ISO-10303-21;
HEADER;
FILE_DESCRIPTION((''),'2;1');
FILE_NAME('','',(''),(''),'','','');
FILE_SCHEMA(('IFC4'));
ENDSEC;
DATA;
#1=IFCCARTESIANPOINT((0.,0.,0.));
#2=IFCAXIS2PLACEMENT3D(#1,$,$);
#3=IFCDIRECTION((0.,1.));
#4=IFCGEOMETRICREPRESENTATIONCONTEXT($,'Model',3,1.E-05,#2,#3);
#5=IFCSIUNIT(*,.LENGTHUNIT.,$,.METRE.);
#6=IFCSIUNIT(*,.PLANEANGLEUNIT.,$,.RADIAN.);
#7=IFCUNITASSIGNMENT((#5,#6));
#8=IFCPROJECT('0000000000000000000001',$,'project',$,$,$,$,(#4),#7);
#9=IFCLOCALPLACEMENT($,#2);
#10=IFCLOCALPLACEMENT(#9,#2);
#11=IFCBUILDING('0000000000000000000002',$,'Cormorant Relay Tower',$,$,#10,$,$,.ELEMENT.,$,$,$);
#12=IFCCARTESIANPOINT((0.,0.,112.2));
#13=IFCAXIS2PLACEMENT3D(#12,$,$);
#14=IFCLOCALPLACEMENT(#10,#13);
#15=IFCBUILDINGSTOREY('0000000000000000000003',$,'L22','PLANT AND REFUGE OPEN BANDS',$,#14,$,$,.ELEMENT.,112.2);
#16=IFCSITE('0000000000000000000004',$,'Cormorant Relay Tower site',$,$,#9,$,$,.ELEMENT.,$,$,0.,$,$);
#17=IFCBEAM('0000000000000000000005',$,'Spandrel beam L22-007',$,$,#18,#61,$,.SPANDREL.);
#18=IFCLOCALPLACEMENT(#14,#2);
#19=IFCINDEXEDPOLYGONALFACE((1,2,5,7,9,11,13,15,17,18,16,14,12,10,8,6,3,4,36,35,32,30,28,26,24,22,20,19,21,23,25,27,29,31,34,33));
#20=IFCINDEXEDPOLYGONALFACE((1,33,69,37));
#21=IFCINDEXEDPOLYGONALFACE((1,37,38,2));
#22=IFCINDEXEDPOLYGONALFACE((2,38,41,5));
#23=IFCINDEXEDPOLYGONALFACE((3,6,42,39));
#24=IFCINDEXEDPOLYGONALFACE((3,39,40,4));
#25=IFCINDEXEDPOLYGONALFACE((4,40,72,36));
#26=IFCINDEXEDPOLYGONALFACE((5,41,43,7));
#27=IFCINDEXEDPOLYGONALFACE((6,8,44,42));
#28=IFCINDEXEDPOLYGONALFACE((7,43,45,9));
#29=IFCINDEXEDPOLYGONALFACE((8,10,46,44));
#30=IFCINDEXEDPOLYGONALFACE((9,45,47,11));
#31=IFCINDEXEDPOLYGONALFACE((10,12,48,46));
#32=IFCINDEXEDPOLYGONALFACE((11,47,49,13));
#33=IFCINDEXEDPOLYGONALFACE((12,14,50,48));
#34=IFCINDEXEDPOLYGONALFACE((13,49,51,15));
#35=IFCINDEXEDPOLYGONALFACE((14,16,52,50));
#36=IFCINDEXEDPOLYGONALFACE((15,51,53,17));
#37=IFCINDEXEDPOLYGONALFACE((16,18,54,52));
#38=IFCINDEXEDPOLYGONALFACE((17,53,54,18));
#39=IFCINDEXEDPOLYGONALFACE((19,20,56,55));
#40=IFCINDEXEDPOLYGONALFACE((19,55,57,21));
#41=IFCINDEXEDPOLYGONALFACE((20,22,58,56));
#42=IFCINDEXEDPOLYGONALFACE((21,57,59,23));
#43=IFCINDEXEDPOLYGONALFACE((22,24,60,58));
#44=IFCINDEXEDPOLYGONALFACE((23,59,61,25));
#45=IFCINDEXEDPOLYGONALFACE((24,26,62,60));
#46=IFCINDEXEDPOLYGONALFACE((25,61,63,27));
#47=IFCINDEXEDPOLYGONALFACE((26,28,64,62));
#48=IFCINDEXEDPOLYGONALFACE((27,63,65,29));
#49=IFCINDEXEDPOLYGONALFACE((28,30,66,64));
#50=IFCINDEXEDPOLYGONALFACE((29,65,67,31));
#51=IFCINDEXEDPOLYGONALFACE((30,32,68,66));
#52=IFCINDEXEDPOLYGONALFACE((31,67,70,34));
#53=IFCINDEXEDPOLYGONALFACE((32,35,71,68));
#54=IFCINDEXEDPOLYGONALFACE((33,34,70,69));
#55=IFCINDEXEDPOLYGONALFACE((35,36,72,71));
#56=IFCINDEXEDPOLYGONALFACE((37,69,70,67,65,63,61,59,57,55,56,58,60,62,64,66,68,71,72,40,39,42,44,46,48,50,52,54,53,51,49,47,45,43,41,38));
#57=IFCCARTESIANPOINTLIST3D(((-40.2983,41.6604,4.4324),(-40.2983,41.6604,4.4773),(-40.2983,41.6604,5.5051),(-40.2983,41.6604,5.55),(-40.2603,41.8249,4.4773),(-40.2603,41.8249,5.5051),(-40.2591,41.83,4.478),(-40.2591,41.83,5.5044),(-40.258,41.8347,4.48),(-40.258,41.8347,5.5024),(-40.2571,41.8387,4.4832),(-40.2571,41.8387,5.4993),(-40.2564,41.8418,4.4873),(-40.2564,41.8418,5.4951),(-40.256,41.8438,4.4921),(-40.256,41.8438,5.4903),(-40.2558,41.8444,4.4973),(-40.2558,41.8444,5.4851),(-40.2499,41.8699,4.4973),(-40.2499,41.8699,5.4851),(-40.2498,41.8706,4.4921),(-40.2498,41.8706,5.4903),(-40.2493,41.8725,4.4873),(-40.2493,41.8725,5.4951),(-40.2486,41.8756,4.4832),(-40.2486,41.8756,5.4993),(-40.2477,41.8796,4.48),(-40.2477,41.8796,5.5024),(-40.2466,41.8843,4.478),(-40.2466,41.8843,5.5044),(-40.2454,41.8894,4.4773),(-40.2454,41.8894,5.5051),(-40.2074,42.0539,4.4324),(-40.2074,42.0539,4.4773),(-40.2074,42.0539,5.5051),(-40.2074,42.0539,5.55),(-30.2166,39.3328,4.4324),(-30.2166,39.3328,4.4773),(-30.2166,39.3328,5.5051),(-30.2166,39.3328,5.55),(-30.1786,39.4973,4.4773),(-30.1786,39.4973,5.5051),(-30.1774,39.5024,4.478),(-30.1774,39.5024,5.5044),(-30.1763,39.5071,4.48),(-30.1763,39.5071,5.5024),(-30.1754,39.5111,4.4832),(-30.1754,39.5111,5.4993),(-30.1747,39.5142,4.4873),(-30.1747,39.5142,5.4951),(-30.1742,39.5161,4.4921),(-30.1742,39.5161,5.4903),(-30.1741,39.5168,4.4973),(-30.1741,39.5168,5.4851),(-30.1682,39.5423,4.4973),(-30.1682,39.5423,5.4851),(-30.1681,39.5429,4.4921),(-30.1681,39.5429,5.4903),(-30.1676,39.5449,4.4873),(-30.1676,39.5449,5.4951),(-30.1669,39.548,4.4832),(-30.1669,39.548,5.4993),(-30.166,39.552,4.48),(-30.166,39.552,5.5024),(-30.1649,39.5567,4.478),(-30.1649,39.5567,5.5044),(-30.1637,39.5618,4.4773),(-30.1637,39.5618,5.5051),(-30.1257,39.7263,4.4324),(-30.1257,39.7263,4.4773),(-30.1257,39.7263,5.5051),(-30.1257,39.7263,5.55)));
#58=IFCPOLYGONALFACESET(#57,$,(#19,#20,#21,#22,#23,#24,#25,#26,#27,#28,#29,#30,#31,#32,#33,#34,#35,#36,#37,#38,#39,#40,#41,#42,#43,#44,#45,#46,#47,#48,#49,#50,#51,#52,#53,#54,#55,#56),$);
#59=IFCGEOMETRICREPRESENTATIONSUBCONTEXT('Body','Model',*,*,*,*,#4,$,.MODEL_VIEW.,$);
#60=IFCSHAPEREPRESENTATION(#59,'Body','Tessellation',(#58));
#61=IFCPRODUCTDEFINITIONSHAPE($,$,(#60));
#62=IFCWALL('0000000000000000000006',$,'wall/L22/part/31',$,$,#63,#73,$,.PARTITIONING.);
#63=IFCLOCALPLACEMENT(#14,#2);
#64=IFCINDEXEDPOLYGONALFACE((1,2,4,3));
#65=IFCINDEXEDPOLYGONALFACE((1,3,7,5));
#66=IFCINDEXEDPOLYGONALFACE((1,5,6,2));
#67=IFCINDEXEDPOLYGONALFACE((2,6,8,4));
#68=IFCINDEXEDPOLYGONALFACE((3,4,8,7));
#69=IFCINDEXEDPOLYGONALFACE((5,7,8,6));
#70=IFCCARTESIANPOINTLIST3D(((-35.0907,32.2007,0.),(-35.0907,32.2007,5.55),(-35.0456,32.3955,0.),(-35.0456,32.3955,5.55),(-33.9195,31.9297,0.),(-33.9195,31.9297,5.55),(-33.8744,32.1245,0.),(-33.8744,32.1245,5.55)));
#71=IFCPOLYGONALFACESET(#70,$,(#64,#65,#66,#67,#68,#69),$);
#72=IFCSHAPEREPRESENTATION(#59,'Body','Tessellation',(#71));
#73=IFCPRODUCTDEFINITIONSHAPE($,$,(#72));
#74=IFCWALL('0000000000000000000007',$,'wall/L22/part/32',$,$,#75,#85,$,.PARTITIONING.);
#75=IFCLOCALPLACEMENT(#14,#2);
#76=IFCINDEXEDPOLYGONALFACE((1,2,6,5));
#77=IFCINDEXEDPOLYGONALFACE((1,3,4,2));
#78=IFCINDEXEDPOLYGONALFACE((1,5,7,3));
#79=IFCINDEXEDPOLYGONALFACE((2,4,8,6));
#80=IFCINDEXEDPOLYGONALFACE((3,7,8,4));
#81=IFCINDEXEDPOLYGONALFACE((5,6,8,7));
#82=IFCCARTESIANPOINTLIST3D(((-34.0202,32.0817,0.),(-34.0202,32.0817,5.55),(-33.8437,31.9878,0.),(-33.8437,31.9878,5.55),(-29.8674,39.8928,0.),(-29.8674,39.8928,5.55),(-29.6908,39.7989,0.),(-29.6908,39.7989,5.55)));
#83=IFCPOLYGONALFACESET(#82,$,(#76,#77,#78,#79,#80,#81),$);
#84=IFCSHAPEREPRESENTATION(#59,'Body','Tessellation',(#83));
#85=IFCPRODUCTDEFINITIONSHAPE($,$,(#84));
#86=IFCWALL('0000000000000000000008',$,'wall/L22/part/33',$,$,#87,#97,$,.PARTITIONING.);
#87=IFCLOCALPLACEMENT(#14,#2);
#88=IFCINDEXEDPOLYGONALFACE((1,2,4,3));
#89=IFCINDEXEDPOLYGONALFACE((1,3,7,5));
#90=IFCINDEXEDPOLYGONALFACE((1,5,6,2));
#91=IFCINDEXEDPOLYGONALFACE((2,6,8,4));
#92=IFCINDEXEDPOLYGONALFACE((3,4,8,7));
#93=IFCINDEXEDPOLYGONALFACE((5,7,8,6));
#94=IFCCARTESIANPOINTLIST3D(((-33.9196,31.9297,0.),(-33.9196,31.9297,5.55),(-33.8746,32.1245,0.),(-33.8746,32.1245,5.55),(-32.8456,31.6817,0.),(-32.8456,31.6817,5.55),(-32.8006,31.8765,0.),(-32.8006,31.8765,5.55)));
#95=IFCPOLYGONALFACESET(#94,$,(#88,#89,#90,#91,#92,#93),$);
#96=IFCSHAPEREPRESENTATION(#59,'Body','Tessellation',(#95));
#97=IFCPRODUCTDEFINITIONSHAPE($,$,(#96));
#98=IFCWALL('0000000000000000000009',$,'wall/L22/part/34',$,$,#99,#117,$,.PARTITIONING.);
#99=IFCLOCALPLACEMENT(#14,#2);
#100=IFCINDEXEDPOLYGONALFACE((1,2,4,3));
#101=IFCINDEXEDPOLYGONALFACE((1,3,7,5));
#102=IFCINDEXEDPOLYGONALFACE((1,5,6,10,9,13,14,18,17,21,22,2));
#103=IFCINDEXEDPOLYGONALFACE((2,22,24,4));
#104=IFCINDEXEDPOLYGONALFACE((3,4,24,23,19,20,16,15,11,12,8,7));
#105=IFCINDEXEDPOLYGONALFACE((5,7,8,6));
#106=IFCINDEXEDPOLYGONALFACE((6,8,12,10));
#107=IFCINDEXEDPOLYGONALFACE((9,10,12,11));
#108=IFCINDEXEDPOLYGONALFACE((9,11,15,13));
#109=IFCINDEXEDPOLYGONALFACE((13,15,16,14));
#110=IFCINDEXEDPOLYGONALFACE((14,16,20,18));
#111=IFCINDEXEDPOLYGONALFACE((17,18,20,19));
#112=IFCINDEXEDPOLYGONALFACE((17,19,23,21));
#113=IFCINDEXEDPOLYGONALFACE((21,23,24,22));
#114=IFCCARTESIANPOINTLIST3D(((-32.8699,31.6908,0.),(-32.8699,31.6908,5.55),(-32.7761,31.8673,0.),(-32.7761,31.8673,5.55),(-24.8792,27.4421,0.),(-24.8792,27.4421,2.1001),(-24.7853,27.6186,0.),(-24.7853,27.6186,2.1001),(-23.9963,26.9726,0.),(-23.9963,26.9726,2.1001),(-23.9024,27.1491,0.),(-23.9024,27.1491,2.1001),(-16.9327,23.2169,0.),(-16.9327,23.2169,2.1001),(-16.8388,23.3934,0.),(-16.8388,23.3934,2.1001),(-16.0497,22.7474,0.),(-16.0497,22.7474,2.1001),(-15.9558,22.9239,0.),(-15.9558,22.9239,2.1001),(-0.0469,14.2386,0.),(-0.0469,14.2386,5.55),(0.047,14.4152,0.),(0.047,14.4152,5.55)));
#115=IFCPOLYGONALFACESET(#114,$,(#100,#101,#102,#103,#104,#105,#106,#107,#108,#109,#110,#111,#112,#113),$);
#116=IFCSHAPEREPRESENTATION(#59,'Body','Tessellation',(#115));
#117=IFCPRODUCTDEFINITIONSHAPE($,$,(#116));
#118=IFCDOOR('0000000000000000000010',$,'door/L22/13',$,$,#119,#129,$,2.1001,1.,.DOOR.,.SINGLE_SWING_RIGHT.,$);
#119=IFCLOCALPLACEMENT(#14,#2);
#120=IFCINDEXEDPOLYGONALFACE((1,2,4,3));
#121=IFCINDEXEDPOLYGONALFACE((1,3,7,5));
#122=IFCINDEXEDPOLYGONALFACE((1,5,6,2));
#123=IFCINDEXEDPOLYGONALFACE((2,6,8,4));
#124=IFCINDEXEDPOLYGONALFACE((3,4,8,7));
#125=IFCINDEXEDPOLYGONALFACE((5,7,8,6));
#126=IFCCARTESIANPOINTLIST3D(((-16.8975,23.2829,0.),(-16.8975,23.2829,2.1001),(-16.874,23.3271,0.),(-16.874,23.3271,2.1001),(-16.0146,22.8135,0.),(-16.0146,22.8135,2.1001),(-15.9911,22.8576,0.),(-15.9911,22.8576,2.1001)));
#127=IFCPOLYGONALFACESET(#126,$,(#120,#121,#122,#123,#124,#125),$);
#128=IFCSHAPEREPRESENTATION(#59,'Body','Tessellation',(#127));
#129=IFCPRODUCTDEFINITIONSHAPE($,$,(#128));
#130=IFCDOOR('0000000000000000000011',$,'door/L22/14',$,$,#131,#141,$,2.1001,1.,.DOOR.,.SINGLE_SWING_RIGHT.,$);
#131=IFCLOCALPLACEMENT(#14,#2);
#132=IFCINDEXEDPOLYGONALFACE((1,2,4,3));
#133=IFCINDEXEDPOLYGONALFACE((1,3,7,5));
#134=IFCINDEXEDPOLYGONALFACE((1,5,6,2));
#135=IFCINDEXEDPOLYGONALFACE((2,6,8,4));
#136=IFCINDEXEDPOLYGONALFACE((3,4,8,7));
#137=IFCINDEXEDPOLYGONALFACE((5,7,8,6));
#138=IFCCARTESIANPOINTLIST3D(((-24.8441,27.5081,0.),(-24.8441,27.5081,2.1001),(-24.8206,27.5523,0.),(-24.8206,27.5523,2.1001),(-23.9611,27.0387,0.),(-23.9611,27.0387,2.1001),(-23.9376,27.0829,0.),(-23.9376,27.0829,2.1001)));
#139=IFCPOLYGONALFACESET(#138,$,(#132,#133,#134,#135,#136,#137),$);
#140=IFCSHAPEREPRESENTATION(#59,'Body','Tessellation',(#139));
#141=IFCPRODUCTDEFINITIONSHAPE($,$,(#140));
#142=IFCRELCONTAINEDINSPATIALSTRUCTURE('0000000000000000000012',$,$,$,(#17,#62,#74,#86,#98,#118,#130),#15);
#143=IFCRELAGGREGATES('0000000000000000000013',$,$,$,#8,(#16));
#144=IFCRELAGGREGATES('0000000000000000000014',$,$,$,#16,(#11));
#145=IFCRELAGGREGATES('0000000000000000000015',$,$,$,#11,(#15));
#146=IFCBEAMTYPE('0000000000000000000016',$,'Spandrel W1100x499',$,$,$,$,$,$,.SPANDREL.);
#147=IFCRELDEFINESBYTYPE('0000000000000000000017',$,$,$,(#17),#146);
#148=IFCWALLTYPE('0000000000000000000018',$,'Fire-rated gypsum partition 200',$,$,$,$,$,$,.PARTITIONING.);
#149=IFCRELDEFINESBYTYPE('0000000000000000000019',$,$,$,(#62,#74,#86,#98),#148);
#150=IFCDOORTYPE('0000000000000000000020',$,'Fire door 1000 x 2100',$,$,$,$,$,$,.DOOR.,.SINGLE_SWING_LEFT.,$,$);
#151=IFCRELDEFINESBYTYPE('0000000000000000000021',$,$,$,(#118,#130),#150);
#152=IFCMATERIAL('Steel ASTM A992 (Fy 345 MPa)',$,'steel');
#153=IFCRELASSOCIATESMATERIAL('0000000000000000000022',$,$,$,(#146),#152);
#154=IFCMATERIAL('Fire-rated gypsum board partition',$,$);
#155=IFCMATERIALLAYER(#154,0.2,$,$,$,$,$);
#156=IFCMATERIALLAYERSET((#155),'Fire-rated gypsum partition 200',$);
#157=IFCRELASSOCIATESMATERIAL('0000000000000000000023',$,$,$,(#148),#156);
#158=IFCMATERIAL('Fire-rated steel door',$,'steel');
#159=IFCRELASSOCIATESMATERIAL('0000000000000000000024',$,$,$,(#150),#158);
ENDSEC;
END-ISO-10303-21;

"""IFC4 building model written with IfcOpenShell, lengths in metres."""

from ifc_helpers import new_model, si_unit, direction, frame, frame_2d, origin, origin_2d, place, context, subcontext, project, spatial, rectangle, i_section, extrude, material, layer, layer_set, material_profile, profile_set, type_object, element, fill, save


model = new_model("IFC4")

# Units and contexts
model_context = context("Model", 3, precision=1e-05, world=origin(), true_north=direction((0.0, 1.0)))
body_context = subcontext(model_context, "Body", "Model", "MODEL_VIEW")
ifc_project = project(units=[si_unit("LENGTHUNIT", "METRE"), si_unit("PLANEANGLEUNIT", "RADIAN")], contexts=[model_context])

# Site, building, storey
site_placement = place(None, origin())
site = spatial("IfcSite", under=ifc_project, at=site_placement, Name="Cormorant Relay Tower site", CompositionType="ELEMENT", RefElevation=0.0)
building_placement = place(site_placement, origin())
building = spatial("IfcBuilding", under=site, at=building_placement, Name="Cormorant Relay Tower", CompositionType="ELEMENT")
storey_placement = place(building_placement, frame((0.0, 0.0, 112.2)))
storey = spatial("IfcBuildingStorey", under=building, at=storey_placement, Name="L22", Description="PLANT AND REFUGE OPEN BANDS", CompositionType="ELEMENT", Elevation=112.2)

# Beam
ifc_material_1 = material(Name="Steel ASTM A992 (Fy 345 MPa)", Category="steel")
ifc_material_profile_1 = material_profile(ifc_material_1, i_section(OverallWidth=0.4038, OverallDepth=1.1177, WebThickness=0.0261, FlangeThickness=0.0449, FilletRadius=0.02, at=origin_2d()), Name="W1100x499")
ifc_profile_set_1 = profile_set([ifc_material_profile_1], Name="Steel ASTM A992 (Fy 345 MPa)")
beam_type = type_object("IfcBeamType", Name="Spandrel W1100x499", PredefinedType="SPANDREL", material=ifc_profile_set_1)
beam_placement = place(storey_placement, frame((-30.1711, 39.5295, 4.9912), z_axis=(-0.974369, 0.224958, 0.0), x_axis=(-0.224958, -0.974369, 0.0)))
element("IfcBeam", 1, at=beam_placement, inside=storey, type_object=beam_type, Name="Spandrel beam L22-007", PredefinedType="SPANDREL", context=body_context, shape_type="SweptSolid", body=[
    extrude(i_section(OverallWidth=0.4038, OverallDepth=1.1177, WebThickness=0.0261, FlangeThickness=0.0449, FilletRadius=0.02, at=origin_2d()), origin(), (0.0, 0.0, 1.0), 10.3469),
])

# Walls
ifc_material_2 = material(Name="Fire-rated gypsum board partition")
ifc_layer_1 = layer(ifc_material_2, 0.2)
ifc_layer_set_1 = layer_set([ifc_layer_1], Name="Fire-rated gypsum partition 200")
wall_type = type_object("IfcWallType", Name="Fire-rated gypsum partition 200", PredefinedType="PARTITIONING", material=ifc_layer_set_1)
wall_1_placement = place(storey_placement, frame((-35.0681, 32.2981, 0.0), z_axis=(0.0, 0.0, 1.0), x_axis=(0.974258, -0.225438, 0.0)))
element("IfcWall", 2, at=wall_1_placement, inside=storey, type_object=wall_type, Name="wall/L22/part/31", PredefinedType="PARTITIONING", context=body_context, shape_type="SweptSolid", body=[
    extrude(rectangle(XDim=1.2021, YDim=0.2, at=frame_2d((0.6011, 0.0))), origin(), (0.0, 0.0, 1.0), 5.55),
])
wall_2_placement = place(storey_placement, frame((-29.7791, 39.8459, 0.0), z_axis=(0.0, 0.0, 1.0), x_axis=(-0.469439, -0.882965, 0.0)))
element("IfcWall", 3, at=wall_2_placement, inside=storey, type_object=wall_type, Name="wall/L22/part/32", PredefinedType="PARTITIONING", context=body_context, shape_type="SweptSolid", body=[
    extrude(rectangle(XDim=8.8464, YDim=0.2, at=frame_2d((4.4233, 0.0))), origin(), (0.0, 0.0, 1.0), 5.55),
])
wall_3_placement = place(storey_placement, frame((-32.823, 31.7791, 0.0), z_axis=(0.0, 0.0, 1.0), x_axis=(-0.97435, 0.225037, 0.0)))
element("IfcWall", 4, at=wall_3_placement, inside=storey, type_object=wall_type, Name="wall/L22/part/33", PredefinedType="PARTITIONING", context=body_context, shape_type="SweptSolid", body=[
    extrude(rectangle(XDim=1.1023, YDim=0.2, at=frame_2d((0.5513, 0.0))), origin(), (0.0, 0.0, 1.0), 5.55),
])

# Wall, openings, doors
wall_4_placement = place(storey_placement, frame((-32.823, 31.7791, 0.0), z_axis=(0.0, 0.0, 1.0), x_axis=(0.882949, -0.469468, 0.0)))
wall_4 = element("IfcWall", 5, at=wall_4_placement, inside=storey, type_object=wall_type, Name="wall/L22/part/34", PredefinedType="PARTITIONING", context=body_context, shape_type="SweptSolid", body=[
    extrude(rectangle(XDim=37.1743, YDim=0.2, at=frame_2d((18.5872, 0.0))), origin(), (0.0, 0.0, 1.0), 5.55),
])
opening_1_placement = place(wall_4_placement, frame((18.05, 0.0, 0.0)))
opening_1 = element("IfcOpeningElement", 6, at=opening_1_placement, cuts=wall_4, PredefinedType="OPENING", context=body_context, shape_type="SweptSolid", body=[
    extrude(rectangle(XDim=1.0, YDim=2.1001, at=frame_2d((0.5, 1.05))), frame((0.0, 0.1099, 0.0), z_axis=(0.0, -1.0, 0.0), x_axis=(1.0, 0.0, 0.0)), (0.0, 0.0, 1.0), 0.22),
])
opening_2_placement = place(wall_4_placement, frame((9.05, 0.0, 0.0)))
opening_2 = element("IfcOpeningElement", 7, at=opening_2_placement, cuts=wall_4, PredefinedType="OPENING", context=body_context, shape_type="SweptSolid", body=[
    extrude(rectangle(XDim=1.0, YDim=2.1001, at=frame_2d((0.5, 1.05))), frame((0.0, 0.1099, 0.0), z_axis=(0.0, -1.0, 0.0), x_axis=(1.0, 0.0, 0.0)), (0.0, 0.0, 1.0), 0.22),
])
ifc_material_3 = material(Name="Fire-rated steel door", Category="steel")
door_type = type_object("IfcDoorType", Name="Fire door 1000 x 2100", OperationType="SINGLE_SWING_LEFT", PredefinedType="DOOR", material=ifc_material_3)
door_1_placement = place(opening_1_placement, origin())
door_1 = element("IfcDoor", 8, at=door_1_placement, inside=storey, type_object=door_type, Name="door/L22/13", OperationType="SINGLE_SWING_RIGHT", OverallHeight=2.1001, OverallWidth=1.0, PredefinedType="DOOR", context=body_context, shape_type="SweptSolid", body=[
    extrude(rectangle(XDim=1.0, YDim=2.1001, at=frame_2d((0.5, 1.05))), frame((0.0, 0.0249, 0.0), z_axis=(0.0, -1.0, 0.0), x_axis=(1.0, 0.0, 0.0)), (0.0, 0.0, 1.0), 0.05),
])
fill(opening_1, door_1)
door_2_placement = place(opening_2_placement, origin())
door_2 = element("IfcDoor", 9, at=door_2_placement, inside=storey, type_object=door_type, Name="door/L22/14", OperationType="SINGLE_SWING_RIGHT", OverallHeight=2.1001, OverallWidth=1.0, PredefinedType="DOOR", context=body_context, shape_type="SweptSolid", body=[
    extrude(rectangle(XDim=1.0, YDim=2.1001, at=frame_2d((0.5, 1.05))), frame((0.0, 0.0249, 0.0), z_axis=(0.0, -1.0, 0.0), x_axis=(1.0, 0.0, 0.0)), (0.0, 0.0, 1.0), 0.05),
])
fill(opening_2, door_2)

save(model, "model.ifc")
